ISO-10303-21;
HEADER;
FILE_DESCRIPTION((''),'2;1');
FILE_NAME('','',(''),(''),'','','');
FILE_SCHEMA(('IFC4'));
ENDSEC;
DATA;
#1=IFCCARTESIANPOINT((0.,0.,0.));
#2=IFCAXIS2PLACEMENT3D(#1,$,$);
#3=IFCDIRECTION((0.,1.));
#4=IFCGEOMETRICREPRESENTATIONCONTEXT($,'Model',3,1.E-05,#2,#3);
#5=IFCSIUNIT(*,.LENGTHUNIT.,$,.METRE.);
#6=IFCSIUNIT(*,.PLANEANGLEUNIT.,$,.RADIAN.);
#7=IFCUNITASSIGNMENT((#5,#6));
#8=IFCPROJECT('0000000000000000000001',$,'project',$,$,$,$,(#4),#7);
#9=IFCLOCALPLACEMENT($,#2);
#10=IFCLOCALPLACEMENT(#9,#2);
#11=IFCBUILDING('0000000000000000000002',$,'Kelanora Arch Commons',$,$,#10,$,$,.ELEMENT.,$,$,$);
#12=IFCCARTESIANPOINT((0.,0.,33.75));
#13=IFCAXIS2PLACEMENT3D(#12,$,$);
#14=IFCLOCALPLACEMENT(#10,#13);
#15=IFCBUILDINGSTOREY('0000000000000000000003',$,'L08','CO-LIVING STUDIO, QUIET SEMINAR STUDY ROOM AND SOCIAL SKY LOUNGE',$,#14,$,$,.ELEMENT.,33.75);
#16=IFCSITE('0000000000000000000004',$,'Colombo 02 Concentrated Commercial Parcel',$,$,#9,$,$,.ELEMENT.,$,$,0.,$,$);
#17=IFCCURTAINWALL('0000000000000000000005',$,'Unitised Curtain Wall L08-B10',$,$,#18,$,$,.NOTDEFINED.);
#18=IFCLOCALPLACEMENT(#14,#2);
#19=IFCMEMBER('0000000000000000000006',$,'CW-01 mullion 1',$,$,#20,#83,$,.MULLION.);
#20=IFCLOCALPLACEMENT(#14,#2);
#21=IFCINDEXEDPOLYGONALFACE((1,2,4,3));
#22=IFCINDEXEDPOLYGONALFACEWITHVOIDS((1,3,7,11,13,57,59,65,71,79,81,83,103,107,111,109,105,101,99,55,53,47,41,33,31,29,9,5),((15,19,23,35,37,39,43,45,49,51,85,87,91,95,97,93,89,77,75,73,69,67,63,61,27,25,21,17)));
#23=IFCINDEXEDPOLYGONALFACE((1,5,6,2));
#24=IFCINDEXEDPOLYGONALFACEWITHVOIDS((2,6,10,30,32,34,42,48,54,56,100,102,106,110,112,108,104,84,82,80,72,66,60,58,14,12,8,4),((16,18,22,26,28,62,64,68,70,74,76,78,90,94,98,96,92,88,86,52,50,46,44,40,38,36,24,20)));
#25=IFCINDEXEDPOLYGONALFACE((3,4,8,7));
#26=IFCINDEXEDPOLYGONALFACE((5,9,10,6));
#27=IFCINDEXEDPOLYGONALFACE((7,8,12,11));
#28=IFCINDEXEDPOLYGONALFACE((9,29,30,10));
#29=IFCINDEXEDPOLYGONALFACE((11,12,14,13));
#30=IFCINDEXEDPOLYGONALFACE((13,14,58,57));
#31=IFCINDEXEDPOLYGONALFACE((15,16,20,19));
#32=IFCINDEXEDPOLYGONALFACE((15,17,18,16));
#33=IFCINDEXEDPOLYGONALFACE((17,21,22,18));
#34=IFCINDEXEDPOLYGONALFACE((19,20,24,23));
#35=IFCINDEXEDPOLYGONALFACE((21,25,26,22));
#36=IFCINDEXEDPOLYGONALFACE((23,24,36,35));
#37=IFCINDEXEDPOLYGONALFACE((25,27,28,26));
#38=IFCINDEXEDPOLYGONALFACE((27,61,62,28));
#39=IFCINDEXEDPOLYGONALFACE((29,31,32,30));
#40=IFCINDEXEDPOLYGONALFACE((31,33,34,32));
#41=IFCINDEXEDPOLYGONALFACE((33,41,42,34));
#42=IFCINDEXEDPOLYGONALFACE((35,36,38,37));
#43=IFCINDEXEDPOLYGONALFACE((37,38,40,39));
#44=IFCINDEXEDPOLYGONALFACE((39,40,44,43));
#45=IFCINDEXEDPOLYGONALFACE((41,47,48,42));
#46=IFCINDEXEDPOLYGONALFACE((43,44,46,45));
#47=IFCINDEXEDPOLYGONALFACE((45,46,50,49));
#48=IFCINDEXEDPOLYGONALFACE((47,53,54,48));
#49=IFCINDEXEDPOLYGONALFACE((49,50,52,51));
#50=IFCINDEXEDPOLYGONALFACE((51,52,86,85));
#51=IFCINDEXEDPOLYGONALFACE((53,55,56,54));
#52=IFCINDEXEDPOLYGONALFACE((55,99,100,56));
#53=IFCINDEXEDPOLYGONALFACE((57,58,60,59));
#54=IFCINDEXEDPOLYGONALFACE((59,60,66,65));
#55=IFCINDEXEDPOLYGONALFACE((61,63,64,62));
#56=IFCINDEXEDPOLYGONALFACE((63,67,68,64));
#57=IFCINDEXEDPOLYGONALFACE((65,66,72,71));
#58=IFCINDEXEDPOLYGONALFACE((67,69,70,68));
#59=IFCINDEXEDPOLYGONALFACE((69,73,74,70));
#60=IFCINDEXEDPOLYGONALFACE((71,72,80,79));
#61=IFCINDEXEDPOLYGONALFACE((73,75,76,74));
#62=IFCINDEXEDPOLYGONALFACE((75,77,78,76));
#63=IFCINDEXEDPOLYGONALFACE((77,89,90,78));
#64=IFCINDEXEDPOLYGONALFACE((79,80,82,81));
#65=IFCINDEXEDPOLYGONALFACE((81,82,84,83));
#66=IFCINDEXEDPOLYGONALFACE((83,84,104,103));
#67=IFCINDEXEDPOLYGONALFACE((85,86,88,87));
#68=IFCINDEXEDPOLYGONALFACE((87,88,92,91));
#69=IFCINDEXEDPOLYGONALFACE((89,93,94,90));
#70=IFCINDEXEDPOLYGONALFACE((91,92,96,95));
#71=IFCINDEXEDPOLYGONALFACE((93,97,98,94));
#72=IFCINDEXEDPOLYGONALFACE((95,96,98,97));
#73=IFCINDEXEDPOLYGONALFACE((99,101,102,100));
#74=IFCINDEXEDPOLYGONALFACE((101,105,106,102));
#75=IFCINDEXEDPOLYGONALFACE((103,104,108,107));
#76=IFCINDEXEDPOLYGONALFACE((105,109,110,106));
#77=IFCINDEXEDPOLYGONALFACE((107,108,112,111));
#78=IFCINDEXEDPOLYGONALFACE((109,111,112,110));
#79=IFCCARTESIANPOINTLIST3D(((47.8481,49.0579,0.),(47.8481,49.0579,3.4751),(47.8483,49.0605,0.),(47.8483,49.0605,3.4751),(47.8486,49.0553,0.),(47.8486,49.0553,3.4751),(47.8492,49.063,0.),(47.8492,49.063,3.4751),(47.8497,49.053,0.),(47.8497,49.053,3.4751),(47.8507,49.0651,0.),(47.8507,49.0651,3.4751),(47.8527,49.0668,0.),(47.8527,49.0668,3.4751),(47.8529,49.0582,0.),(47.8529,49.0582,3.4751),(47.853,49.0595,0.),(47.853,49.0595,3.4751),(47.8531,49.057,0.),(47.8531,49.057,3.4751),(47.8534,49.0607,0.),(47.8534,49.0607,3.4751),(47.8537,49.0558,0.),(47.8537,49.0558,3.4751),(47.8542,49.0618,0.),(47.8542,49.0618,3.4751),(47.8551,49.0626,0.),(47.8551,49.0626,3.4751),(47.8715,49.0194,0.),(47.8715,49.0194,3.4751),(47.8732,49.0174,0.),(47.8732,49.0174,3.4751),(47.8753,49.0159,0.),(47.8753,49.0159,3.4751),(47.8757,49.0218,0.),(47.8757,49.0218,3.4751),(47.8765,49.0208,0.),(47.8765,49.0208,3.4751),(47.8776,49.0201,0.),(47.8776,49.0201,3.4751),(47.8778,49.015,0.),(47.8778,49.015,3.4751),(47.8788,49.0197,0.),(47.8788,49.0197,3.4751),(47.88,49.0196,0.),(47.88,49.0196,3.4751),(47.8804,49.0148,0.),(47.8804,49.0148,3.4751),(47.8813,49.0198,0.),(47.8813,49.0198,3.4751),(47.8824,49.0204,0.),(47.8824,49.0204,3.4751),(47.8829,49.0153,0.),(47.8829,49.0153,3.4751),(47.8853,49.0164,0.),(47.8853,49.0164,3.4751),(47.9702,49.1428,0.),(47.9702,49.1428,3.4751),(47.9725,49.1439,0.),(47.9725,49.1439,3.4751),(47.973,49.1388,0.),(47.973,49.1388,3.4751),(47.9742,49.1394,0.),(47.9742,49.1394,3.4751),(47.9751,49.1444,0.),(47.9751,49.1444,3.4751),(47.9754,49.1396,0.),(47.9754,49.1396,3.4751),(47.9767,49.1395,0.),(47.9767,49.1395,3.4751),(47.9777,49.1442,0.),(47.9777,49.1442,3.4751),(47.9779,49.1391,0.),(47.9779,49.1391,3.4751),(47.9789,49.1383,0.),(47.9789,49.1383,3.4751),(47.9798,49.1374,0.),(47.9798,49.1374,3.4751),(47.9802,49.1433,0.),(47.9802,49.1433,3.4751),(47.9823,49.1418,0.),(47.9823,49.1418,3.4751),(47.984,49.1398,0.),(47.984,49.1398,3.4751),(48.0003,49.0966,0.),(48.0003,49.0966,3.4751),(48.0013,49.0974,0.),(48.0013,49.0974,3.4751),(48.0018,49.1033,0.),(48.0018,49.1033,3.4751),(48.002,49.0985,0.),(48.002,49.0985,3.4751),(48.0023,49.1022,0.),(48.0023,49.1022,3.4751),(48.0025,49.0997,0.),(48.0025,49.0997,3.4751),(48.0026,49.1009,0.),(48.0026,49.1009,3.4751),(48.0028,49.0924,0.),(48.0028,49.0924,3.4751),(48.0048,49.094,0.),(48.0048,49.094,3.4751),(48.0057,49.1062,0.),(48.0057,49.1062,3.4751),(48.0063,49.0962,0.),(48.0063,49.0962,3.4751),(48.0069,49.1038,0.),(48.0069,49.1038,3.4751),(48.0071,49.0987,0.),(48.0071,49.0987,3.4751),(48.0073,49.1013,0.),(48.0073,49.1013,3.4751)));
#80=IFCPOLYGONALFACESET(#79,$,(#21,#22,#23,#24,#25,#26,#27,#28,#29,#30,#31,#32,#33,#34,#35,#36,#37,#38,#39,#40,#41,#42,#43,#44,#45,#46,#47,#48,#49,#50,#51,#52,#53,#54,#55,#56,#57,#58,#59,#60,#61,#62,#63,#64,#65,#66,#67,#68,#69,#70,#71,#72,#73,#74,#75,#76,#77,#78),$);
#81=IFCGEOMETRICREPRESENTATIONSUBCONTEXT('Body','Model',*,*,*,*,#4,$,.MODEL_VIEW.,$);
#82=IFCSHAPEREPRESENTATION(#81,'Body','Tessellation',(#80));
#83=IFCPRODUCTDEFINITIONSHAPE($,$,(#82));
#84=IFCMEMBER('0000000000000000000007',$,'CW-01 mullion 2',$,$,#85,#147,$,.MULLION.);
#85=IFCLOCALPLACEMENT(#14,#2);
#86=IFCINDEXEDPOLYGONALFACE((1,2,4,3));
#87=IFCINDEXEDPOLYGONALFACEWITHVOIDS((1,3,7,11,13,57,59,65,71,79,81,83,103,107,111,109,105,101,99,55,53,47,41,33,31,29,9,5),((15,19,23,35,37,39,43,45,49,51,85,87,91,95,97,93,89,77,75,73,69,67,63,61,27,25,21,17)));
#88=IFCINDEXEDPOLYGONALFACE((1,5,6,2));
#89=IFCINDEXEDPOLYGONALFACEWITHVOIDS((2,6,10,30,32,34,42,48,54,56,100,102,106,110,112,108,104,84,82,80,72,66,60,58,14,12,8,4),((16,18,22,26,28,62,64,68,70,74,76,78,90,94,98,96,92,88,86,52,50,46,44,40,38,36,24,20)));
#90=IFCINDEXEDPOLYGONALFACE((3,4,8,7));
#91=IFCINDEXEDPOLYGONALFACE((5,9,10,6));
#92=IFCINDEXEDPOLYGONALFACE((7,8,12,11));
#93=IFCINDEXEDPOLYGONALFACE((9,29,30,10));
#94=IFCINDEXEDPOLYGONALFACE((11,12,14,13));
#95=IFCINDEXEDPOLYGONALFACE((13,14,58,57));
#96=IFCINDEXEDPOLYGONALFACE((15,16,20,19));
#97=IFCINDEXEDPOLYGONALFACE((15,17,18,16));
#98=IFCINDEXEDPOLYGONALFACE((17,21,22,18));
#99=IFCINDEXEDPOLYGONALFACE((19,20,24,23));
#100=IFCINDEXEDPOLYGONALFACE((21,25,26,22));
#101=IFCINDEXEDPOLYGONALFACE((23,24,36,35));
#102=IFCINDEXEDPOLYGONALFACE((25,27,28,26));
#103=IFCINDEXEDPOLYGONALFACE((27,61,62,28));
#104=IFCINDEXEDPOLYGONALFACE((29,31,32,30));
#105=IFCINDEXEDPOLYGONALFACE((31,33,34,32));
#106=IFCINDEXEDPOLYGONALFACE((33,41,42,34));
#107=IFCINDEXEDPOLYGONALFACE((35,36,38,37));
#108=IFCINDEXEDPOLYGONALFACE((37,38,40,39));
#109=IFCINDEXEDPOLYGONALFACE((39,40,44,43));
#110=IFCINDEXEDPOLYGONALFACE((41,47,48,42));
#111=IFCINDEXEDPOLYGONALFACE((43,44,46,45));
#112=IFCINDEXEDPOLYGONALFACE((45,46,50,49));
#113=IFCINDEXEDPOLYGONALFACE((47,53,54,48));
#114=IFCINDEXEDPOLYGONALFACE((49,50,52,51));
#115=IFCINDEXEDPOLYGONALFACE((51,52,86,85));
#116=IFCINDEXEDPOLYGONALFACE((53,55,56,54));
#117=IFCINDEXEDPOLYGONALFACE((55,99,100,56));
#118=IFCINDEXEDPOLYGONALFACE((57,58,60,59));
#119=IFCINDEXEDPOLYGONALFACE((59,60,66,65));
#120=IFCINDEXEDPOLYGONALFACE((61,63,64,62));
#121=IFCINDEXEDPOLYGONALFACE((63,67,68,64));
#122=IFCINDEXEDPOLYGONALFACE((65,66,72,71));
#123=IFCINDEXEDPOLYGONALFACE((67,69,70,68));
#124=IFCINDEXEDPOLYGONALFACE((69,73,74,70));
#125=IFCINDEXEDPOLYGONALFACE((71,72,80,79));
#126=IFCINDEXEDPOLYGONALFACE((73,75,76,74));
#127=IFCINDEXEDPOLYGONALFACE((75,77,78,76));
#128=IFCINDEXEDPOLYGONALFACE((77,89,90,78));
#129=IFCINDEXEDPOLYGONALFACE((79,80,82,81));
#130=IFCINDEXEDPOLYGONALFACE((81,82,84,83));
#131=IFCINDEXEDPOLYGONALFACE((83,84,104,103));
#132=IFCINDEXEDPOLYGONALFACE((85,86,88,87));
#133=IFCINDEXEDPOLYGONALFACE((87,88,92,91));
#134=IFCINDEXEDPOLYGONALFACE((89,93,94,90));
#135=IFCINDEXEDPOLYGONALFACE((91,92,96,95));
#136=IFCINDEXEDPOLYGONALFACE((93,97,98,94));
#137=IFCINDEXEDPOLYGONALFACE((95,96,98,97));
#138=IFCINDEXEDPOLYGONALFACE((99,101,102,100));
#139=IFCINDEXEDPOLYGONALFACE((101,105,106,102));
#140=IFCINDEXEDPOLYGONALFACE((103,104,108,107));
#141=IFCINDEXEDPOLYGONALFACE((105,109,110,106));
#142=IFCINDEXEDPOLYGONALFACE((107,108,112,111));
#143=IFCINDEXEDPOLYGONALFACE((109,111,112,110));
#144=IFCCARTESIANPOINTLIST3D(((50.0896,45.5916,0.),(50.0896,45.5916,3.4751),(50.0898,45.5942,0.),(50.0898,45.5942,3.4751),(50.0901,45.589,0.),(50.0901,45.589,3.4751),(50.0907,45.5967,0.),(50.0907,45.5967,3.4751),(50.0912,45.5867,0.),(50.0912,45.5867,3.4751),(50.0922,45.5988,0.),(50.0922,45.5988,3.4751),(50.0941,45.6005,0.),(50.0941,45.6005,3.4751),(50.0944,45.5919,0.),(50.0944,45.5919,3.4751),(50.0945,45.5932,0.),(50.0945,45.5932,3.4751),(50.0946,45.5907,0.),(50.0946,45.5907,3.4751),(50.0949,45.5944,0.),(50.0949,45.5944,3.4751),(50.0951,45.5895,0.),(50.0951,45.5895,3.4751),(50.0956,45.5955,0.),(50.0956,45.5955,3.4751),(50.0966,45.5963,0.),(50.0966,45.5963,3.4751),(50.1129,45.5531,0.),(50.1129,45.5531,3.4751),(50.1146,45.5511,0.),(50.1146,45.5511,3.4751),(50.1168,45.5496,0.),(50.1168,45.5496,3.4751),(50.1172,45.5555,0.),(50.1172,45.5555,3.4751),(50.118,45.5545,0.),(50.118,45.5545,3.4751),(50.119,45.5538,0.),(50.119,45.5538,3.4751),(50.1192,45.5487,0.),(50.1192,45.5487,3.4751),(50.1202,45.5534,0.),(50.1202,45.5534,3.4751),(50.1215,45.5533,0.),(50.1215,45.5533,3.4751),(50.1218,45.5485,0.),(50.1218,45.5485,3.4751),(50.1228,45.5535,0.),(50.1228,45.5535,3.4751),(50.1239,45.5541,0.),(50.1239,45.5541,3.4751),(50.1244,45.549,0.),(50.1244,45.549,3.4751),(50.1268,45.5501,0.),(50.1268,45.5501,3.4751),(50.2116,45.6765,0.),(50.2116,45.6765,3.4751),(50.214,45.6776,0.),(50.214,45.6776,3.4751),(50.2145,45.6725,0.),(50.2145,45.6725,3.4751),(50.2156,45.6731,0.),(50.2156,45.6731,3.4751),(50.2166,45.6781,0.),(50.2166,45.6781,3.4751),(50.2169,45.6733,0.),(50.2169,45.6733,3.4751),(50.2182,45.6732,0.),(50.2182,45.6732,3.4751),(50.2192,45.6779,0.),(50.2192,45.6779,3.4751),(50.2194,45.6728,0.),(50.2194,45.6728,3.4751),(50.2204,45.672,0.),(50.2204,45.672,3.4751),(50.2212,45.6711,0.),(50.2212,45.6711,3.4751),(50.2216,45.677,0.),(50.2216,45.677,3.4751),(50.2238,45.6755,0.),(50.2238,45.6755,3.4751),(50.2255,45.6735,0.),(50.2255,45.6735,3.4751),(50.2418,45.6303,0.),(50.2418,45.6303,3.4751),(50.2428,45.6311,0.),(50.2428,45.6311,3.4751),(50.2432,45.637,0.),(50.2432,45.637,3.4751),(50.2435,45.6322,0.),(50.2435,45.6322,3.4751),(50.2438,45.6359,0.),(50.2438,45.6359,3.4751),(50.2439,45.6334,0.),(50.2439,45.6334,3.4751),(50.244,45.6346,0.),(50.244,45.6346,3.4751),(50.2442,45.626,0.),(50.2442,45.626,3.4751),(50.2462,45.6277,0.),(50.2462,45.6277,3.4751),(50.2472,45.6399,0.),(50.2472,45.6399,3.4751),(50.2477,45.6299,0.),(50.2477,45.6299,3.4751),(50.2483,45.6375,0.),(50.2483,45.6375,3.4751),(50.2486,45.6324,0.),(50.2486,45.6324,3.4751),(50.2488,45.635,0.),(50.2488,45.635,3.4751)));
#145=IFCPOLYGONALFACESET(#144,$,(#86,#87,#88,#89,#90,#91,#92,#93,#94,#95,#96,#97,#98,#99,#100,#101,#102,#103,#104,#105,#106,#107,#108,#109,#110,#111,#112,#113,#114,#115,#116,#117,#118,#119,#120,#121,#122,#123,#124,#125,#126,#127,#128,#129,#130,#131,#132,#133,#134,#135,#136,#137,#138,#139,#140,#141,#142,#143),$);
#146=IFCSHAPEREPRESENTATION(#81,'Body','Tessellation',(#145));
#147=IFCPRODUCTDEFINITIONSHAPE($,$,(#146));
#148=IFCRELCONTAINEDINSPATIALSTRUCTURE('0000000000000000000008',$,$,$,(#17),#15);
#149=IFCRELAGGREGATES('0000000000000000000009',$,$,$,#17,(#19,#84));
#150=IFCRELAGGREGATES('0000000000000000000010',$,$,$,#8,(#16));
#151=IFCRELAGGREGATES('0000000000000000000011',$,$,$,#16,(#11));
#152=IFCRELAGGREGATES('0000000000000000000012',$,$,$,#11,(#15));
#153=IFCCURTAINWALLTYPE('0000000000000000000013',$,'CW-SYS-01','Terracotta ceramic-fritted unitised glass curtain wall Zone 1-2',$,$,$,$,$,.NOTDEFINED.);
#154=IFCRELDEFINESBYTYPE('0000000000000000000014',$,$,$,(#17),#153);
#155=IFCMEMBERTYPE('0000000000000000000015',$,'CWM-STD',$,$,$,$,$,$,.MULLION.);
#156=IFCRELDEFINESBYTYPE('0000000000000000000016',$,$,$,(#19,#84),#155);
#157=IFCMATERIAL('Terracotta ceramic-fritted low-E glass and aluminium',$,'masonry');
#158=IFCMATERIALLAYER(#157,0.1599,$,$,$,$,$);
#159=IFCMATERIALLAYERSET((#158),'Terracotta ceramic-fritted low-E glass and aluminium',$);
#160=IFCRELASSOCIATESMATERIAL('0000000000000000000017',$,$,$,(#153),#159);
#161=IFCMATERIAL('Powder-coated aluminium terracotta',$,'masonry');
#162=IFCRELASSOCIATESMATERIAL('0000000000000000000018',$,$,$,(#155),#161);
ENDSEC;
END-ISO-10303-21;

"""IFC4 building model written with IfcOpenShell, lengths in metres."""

from ifc_helpers import new_model, si_unit, direction, frame, origin, origin_2d, place, context, subcontext, project, spatial, hollow_rectangle, extrude, material, layer, layer_set, material_profile, profile_set, type_object, element, aggregate, save


model = new_model("IFC4")

# Units and contexts
model_context = context("Model", 3, precision=1e-05, world=origin(), true_north=direction((0.0, 1.0)))
body_context = subcontext(model_context, "Body", "Model", "MODEL_VIEW")
ifc_project = project(units=[si_unit("LENGTHUNIT", "METRE"), si_unit("PLANEANGLEUNIT", "RADIAN")], contexts=[model_context])

# Site, building, storey
site_placement = place(None, origin())
site = spatial("IfcSite", under=ifc_project, at=site_placement, Name="Colombo 02 Concentrated Commercial Parcel", CompositionType="ELEMENT", RefElevation=0.0)
building_placement = place(site_placement, origin())
building = spatial("IfcBuilding", under=site, at=building_placement, Name="Kelanora Arch Commons", CompositionType="ELEMENT")
storey_placement = place(building_placement, frame((0.0, 0.0, 33.75)))
storey = spatial("IfcBuildingStorey", under=building, at=storey_placement, Name="L08", Description="CO-LIVING STUDIO, QUIET SEMINAR STUDY ROOM AND SOCIAL SKY LOUNGE", CompositionType="ELEMENT", Elevation=33.75)

# Curtain wall, members
ifc_material_1 = material(Name="Terracotta ceramic-fritted low-E glass and aluminium", Category="masonry")
ifc_layer_1 = layer(ifc_material_1, 0.1599)
ifc_layer_set_1 = layer_set([ifc_layer_1], Name="Terracotta ceramic-fritted low-E glass and aluminium")
curtain_wall_type = type_object("IfcCurtainWallType", Name="CW-SYS-01", Description="Terracotta ceramic-fritted unitised glass curtain wall Zone 1-2", PredefinedType="NOTDEFINED", material=ifc_layer_set_1)
curtain_wall_placement = place(storey_placement, origin())
curtain_wall = element("IfcCurtainWall", 1, at=curtain_wall_placement, inside=storey, type_object=curtain_wall_type, Name="Unitised Curtain Wall L08-B10", PredefinedType="NOTDEFINED")
ifc_material_2 = material(Name="Powder-coated aluminium terracotta", Category="masonry")
ifc_material_profile_1 = material_profile(ifc_material_2, hollow_rectangle(XDim=0.1599, YDim=0.0601, WallThickness=0.0049, InnerFilletRadius=0.0049, OuterFilletRadius=0.01, at=origin_2d()), Name="CWM160x60")
ifc_profile_set_1 = profile_set([ifc_material_profile_1], Name="Powder-coated aluminium terracotta")
member_type_1 = type_object("IfcMemberType", Name="CWM-STD", PredefinedType="MULLION", material=ifc_profile_set_1)
member_1_placement = place(storey_placement, frame((47.9277, 49.0796, 0.0), z_axis=(0.0, 0.0, 1.0), x_axis=(0.83973, 0.543004, 0.0)))
member_1 = element("IfcMember", 2, at=member_1_placement, type_object=member_type_1, Name="CW-01 mullion 1", PredefinedType="MULLION", context=body_context, shape_type="SweptSolid", body=[
    extrude(hollow_rectangle(XDim=0.1599, YDim=0.0601, WallThickness=0.0049, InnerFilletRadius=0.0049, OuterFilletRadius=0.01, at=origin_2d()), origin(), (0.0, 0.0, 1.0), 3.4751),
])
member_2_placement = place(storey_placement, frame((50.1692, 45.6133, 0.0), z_axis=(0.0, 0.0, 1.0), x_axis=(0.83973, 0.543004, 0.0)))
member_2 = element("IfcMember", 3, at=member_2_placement, type_object=member_type_1, Name="CW-01 mullion 2", PredefinedType="MULLION", context=body_context, shape_type="SweptSolid", body=[
    extrude(hollow_rectangle(XDim=0.1599, YDim=0.0601, WallThickness=0.0049, InnerFilletRadius=0.0049, OuterFilletRadius=0.01, at=origin_2d()), origin(), (0.0, 0.0, 1.0), 3.4751),
])

aggregate(curtain_wall, [member_1, member_2])

save(model, "model.ifc")
